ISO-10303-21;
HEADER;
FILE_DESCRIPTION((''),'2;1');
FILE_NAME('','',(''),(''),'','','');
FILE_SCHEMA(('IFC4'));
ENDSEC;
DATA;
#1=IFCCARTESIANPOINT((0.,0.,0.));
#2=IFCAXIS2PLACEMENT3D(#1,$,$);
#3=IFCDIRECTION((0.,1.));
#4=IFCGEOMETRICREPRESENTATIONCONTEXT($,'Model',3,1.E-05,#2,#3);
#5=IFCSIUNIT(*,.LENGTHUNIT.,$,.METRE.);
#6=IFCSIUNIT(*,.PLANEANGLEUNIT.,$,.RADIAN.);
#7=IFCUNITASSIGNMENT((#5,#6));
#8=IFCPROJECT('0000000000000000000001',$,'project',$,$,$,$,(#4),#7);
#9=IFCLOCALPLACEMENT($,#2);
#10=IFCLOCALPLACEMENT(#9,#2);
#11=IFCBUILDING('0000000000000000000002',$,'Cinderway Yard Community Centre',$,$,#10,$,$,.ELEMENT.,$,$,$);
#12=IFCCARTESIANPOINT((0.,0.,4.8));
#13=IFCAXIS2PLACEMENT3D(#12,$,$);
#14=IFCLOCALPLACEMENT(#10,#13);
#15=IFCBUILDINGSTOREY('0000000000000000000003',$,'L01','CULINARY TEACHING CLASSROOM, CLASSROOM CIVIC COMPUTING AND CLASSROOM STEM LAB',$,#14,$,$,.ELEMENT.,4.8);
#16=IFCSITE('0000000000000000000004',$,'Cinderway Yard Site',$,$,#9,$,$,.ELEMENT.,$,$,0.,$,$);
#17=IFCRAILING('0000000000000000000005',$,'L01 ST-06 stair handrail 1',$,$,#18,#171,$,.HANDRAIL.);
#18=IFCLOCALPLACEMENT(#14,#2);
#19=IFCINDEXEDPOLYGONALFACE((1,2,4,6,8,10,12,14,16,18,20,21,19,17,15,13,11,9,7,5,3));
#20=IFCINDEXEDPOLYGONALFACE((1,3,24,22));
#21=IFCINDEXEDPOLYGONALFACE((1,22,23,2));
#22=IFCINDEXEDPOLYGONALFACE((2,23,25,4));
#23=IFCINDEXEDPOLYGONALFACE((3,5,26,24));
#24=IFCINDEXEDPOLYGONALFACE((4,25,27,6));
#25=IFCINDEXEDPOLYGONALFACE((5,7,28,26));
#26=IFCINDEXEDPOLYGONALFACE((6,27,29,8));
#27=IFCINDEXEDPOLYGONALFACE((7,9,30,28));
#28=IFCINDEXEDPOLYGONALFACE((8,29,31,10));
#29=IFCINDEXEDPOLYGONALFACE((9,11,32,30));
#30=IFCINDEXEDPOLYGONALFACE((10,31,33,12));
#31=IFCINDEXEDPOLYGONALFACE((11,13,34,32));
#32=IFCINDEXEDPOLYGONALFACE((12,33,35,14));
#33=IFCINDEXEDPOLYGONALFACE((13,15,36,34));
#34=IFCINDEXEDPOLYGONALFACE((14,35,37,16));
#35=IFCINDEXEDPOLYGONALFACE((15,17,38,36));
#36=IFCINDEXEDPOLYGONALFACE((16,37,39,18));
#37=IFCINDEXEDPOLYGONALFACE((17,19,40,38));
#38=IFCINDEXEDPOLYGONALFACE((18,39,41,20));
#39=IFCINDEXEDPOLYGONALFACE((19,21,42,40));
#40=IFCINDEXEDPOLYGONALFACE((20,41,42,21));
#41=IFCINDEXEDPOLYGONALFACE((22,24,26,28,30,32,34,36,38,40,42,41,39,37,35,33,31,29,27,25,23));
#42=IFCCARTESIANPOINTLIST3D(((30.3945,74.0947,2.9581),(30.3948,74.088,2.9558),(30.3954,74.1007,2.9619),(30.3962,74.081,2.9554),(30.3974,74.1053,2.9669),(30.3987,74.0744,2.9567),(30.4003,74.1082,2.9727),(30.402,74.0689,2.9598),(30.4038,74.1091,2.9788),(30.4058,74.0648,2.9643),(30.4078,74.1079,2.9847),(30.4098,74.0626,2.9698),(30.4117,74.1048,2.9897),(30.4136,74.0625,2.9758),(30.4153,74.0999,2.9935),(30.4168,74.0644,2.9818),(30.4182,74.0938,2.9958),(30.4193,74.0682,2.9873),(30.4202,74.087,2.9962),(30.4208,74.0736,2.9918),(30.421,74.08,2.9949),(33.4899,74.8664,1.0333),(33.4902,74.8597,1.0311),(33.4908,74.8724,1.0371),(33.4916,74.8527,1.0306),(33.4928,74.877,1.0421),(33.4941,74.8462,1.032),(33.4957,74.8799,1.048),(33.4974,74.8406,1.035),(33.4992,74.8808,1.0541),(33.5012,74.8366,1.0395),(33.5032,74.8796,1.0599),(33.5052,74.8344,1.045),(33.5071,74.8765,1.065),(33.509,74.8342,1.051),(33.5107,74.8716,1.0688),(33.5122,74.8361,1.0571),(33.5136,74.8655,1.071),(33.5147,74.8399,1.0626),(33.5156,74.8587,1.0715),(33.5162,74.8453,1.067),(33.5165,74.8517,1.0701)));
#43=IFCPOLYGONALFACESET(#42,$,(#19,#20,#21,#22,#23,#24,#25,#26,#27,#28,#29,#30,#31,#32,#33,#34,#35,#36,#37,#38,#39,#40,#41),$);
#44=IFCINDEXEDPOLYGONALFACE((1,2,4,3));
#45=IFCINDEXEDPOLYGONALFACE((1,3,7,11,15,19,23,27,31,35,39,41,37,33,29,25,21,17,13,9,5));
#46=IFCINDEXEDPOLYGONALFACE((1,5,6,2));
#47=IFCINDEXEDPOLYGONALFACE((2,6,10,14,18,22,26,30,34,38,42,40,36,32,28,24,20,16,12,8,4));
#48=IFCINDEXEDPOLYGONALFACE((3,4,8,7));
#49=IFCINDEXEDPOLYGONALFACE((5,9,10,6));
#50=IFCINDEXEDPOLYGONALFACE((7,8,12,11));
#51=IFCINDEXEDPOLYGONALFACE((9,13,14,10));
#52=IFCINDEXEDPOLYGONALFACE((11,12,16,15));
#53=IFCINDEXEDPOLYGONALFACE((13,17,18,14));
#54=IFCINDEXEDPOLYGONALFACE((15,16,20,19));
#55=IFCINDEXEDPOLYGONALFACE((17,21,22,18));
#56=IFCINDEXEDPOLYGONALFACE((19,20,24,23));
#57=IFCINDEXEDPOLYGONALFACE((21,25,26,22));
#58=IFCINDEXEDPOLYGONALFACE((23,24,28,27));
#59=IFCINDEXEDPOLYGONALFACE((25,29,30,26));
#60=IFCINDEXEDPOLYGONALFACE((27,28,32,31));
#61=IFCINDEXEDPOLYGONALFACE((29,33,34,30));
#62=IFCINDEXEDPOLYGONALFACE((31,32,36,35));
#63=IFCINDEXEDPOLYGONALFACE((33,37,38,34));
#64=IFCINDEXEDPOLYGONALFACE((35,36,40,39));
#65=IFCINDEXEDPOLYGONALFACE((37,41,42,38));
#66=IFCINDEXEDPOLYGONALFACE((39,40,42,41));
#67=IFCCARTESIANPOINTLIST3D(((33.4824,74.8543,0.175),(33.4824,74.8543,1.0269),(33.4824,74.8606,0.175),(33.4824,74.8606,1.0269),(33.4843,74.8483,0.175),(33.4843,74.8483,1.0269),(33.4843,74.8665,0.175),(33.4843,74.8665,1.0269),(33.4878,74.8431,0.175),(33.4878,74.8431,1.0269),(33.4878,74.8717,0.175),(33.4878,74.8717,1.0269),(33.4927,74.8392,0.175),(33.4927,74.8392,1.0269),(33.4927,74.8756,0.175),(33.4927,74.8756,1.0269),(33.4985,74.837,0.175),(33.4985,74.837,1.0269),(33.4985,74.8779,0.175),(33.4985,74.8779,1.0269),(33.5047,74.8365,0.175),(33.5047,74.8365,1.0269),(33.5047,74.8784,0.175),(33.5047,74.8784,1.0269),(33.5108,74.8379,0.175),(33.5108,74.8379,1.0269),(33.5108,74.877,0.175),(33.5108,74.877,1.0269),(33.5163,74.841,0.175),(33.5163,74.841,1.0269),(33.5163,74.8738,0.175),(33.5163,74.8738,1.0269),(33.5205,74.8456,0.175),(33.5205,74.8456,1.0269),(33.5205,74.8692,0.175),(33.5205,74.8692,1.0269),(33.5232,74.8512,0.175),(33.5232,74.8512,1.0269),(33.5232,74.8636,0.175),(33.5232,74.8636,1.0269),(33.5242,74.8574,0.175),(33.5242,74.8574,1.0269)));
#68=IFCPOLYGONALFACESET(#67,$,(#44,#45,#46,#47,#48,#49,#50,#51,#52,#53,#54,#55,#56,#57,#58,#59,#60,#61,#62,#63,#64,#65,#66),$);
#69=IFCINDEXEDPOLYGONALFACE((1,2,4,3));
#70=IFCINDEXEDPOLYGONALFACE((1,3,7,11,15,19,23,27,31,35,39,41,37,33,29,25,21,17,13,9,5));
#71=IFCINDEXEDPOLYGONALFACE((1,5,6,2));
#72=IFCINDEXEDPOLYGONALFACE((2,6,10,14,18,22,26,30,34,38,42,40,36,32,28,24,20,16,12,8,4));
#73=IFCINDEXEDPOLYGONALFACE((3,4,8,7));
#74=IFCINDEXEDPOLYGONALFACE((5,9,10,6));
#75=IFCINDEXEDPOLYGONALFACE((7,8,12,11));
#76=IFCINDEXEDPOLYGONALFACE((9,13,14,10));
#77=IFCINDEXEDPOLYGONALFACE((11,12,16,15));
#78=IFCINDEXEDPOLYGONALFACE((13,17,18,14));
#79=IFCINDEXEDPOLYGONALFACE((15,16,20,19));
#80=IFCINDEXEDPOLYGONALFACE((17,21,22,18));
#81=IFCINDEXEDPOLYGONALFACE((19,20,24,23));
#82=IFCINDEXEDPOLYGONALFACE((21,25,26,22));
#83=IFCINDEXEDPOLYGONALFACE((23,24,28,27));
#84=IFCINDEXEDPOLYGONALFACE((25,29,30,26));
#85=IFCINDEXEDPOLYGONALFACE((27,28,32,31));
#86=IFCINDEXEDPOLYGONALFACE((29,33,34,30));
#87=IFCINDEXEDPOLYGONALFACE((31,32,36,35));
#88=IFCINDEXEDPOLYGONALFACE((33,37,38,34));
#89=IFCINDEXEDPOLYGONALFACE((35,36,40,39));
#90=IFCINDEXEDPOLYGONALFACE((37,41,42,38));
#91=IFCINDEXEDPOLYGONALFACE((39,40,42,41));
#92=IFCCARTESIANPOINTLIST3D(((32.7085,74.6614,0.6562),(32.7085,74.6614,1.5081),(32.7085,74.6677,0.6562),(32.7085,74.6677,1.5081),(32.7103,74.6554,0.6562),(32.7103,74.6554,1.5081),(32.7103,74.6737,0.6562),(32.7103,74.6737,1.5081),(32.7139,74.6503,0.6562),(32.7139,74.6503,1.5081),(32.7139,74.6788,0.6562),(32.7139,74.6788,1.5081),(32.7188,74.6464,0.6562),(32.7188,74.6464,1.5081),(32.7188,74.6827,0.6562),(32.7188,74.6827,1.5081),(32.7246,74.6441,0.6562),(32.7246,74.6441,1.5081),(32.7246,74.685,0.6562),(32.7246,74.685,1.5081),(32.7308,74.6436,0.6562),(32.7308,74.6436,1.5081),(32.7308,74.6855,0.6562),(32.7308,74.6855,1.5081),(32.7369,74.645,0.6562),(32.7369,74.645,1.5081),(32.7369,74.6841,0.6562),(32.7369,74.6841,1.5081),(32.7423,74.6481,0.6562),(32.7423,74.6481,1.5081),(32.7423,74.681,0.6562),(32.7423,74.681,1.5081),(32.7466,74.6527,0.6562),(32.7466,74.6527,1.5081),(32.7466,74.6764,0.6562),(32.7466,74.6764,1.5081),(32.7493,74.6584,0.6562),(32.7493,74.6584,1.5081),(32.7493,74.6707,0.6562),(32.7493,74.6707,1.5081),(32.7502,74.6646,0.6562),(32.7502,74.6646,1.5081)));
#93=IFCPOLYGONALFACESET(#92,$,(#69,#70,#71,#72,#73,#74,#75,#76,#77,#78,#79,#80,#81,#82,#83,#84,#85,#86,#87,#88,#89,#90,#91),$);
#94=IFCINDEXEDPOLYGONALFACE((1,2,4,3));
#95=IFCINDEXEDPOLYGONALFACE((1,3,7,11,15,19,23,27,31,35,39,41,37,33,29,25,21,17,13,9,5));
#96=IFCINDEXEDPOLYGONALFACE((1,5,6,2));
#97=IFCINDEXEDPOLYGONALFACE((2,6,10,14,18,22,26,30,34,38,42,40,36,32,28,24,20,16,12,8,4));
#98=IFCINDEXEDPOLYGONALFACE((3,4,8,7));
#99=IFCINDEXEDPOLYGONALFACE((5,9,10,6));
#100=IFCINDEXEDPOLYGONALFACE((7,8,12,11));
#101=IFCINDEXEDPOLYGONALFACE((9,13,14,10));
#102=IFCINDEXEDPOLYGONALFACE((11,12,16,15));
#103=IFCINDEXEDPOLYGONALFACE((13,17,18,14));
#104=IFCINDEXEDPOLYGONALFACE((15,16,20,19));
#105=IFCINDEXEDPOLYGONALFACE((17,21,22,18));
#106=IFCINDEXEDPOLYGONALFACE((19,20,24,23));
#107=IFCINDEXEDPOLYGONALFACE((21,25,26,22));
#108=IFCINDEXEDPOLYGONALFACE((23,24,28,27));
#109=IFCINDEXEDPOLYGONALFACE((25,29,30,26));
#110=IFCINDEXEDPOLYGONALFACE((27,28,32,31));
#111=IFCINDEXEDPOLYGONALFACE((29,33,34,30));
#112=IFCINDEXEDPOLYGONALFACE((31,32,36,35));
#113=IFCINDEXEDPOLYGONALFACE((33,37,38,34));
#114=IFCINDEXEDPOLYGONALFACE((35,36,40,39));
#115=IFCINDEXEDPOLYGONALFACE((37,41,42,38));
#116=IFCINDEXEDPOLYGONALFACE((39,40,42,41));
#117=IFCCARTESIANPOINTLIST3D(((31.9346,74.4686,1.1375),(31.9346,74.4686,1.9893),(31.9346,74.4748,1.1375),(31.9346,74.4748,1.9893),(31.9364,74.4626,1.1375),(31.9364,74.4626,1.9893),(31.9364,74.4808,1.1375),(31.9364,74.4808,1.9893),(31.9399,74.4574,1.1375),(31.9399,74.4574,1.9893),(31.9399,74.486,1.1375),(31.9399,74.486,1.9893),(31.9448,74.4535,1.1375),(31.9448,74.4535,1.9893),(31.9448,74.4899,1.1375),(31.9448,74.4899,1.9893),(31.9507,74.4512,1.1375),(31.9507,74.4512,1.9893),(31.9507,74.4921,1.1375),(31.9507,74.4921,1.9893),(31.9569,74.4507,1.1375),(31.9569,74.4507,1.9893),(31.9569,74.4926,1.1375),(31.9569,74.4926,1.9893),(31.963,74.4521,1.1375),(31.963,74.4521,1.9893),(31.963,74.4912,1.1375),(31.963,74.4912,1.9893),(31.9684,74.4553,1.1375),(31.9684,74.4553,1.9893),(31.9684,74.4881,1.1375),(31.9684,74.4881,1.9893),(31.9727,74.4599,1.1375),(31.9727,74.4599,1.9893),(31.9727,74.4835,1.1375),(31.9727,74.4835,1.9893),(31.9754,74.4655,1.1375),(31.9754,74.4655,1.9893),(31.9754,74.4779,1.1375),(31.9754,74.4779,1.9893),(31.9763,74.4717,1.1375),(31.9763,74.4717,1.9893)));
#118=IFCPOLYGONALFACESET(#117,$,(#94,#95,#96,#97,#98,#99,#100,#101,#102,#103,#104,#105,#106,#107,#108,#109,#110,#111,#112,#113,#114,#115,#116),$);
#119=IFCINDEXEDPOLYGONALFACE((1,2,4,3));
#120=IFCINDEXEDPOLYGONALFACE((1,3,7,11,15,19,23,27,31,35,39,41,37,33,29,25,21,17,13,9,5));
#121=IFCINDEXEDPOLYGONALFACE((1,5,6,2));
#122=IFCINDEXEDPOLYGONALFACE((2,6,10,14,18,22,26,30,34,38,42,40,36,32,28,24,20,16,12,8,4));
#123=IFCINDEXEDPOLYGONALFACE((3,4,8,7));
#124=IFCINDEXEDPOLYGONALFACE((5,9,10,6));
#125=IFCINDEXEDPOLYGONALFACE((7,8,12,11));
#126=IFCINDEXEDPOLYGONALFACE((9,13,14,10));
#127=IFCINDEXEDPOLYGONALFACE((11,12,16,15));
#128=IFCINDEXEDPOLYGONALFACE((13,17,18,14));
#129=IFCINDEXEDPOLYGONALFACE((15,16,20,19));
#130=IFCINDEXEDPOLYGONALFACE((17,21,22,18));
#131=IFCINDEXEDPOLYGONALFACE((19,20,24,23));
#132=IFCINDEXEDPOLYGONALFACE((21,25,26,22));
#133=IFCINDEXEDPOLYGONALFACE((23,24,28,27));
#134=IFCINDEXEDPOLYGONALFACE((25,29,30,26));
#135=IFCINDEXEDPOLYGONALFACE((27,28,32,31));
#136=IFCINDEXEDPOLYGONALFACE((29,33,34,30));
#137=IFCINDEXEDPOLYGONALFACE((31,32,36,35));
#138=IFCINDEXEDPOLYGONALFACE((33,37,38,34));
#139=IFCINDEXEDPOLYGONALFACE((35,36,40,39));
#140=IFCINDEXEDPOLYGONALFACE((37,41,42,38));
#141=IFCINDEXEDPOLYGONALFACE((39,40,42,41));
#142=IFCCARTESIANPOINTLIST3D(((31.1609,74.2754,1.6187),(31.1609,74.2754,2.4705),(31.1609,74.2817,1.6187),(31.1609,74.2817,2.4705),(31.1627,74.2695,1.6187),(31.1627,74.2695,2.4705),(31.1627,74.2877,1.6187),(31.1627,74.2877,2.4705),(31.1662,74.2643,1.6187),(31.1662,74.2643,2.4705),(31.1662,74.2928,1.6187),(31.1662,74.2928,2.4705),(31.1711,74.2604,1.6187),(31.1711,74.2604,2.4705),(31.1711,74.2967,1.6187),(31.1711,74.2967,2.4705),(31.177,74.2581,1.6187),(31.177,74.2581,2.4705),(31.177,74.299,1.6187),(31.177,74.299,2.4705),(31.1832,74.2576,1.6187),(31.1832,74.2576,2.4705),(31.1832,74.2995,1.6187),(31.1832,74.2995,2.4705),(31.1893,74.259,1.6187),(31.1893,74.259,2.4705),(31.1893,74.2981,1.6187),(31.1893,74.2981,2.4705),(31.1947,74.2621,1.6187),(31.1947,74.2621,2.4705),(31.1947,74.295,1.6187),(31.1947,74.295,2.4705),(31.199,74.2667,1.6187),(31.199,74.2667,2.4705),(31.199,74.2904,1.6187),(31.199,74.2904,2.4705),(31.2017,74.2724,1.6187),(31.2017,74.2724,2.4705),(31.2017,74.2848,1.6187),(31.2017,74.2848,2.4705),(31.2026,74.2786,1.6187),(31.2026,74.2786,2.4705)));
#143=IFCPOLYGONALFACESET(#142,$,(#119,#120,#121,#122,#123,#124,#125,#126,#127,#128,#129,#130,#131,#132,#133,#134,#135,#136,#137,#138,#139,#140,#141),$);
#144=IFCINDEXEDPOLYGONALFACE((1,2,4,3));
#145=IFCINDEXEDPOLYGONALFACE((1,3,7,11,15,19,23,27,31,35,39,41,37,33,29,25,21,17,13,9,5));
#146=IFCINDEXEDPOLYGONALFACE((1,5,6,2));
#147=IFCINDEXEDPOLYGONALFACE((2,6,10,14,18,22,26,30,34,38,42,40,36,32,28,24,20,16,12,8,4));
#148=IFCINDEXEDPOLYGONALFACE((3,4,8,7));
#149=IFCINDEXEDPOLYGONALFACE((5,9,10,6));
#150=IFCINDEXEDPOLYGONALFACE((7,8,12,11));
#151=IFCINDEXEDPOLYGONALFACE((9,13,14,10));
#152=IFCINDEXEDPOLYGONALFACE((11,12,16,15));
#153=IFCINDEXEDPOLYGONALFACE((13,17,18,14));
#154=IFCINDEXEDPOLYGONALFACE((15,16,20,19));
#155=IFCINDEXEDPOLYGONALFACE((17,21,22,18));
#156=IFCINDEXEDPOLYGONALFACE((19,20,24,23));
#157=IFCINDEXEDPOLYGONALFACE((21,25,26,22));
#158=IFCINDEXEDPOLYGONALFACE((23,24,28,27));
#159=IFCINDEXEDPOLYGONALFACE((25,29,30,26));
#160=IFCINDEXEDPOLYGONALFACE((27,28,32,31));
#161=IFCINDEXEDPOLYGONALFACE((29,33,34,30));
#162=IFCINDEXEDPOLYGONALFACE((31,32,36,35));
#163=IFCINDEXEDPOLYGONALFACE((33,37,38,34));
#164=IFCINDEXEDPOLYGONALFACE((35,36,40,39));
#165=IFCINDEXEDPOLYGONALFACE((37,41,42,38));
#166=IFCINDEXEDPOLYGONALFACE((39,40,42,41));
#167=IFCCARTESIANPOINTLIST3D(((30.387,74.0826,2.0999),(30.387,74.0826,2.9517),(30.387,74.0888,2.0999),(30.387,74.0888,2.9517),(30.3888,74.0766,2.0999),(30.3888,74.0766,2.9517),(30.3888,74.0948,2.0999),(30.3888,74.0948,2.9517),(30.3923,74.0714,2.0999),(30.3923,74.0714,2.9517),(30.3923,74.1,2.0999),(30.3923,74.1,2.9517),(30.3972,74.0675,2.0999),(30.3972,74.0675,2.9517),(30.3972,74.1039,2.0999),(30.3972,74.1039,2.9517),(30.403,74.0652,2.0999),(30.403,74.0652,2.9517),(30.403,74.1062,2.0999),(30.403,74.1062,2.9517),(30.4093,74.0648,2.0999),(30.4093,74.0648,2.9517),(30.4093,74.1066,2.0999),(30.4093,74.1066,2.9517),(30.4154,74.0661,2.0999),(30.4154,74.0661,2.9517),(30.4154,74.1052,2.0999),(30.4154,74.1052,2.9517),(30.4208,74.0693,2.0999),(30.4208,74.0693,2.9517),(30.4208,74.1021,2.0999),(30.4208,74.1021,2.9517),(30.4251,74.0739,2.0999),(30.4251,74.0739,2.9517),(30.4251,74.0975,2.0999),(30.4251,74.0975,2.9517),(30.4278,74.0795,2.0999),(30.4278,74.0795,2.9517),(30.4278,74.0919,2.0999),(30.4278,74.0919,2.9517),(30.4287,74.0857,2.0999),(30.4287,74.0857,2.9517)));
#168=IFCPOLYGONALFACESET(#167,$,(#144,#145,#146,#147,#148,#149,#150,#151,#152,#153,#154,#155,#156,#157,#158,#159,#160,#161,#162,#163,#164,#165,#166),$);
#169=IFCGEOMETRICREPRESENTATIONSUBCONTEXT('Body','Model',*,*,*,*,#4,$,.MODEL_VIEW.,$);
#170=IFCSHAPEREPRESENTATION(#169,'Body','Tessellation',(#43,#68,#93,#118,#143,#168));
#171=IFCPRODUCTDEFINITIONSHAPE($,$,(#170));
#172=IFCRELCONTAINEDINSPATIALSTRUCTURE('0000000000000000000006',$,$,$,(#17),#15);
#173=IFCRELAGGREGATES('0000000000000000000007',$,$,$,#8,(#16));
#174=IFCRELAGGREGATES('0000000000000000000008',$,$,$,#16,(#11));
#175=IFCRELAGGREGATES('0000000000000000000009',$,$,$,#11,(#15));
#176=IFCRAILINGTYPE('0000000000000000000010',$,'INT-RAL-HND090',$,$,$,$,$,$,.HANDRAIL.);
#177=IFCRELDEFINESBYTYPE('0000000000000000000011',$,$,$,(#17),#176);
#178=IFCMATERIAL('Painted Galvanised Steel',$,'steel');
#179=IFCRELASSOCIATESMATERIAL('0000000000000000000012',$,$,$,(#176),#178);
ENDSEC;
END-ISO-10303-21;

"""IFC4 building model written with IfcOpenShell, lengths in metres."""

from ifc_helpers import new_model, si_unit, direction, frame, origin, origin_2d, place, context, subcontext, project, spatial, circle, extrude, material, type_object, element, save


model = new_model("IFC4")

# Units and contexts
model_context = context("Model", 3, precision=1e-05, world=origin(), true_north=direction((0.0, 1.0)))
body_context = subcontext(model_context, "Body", "Model", "MODEL_VIEW")
ifc_project = project(units=[si_unit("LENGTHUNIT", "METRE"), si_unit("PLANEANGLEUNIT", "RADIAN")], contexts=[model_context])

# Site, building, storey
site_placement = place(None, origin())
site = spatial("IfcSite", under=ifc_project, at=site_placement, Name="Cinderway Yard Site", CompositionType="ELEMENT", RefElevation=0.0)
building_placement = place(site_placement, origin())
building = spatial("IfcBuilding", under=site, at=building_placement, Name="Cinderway Yard Community Centre", CompositionType="ELEMENT")
storey_placement = place(building_placement, frame((0.0, 0.0, 4.8)))
storey = spatial("IfcBuildingStorey", under=building, at=storey_placement, Name="L01", Description="CULINARY TEACHING CLASSROOM, CLASSROOM CIVIC COMPUTING AND CLASSROOM STEM LAB", CompositionType="ELEMENT", Elevation=4.8)

# Railing
ifc_material_1 = material(Name="Painted Galvanised Steel", Category="steel")
railing_type_1 = type_object("IfcRailingType", Name="INT-RAL-HND090", PredefinedType="HANDRAIL", material=ifc_material_1)
railing_1_placement = place(storey_placement, frame((33.5032, 74.8574, 0.175)))
element("IfcRailing", 1, at=railing_1_placement, inside=storey, type_object=railing_type_1, Name="L01 ST-06 stair handrail 1", PredefinedType="HANDRAIL", context=body_context, shape_type="SweptSolid", body=[
    extrude(circle(Radius=0.0239, at=origin_2d()), frame((0.0, 0.0, 0.876), z_axis=(-0.830796, -0.207126, 0.516602), x_axis=(0.241905, -0.9703, 0.0)), (0.0, 0.0, 1.0), 3.7258),
    extrude(circle(Radius=0.021, at=origin_2d()), origin(), (0.0, 0.0, 1.0), 0.8518),
    extrude(circle(Radius=0.021, at=origin_2d()), frame((-0.7739, -0.1929, 0.4812)), (0.0, 0.0, 1.0), 0.8518),
    extrude(circle(Radius=0.021, at=origin_2d()), frame((-1.5479, -0.3857, 0.9624)), (0.0, 0.0, 1.0), 0.8518),
    extrude(circle(Radius=0.021, at=origin_2d()), frame((-2.3215, -0.5789, 1.4436)), (0.0, 0.0, 1.0), 0.8518),
    extrude(circle(Radius=0.021, at=origin_2d()), frame((-3.0955, -0.7717, 1.9248)), (0.0, 0.0, 1.0), 0.8518),
])

save(model, "model.ifc")
